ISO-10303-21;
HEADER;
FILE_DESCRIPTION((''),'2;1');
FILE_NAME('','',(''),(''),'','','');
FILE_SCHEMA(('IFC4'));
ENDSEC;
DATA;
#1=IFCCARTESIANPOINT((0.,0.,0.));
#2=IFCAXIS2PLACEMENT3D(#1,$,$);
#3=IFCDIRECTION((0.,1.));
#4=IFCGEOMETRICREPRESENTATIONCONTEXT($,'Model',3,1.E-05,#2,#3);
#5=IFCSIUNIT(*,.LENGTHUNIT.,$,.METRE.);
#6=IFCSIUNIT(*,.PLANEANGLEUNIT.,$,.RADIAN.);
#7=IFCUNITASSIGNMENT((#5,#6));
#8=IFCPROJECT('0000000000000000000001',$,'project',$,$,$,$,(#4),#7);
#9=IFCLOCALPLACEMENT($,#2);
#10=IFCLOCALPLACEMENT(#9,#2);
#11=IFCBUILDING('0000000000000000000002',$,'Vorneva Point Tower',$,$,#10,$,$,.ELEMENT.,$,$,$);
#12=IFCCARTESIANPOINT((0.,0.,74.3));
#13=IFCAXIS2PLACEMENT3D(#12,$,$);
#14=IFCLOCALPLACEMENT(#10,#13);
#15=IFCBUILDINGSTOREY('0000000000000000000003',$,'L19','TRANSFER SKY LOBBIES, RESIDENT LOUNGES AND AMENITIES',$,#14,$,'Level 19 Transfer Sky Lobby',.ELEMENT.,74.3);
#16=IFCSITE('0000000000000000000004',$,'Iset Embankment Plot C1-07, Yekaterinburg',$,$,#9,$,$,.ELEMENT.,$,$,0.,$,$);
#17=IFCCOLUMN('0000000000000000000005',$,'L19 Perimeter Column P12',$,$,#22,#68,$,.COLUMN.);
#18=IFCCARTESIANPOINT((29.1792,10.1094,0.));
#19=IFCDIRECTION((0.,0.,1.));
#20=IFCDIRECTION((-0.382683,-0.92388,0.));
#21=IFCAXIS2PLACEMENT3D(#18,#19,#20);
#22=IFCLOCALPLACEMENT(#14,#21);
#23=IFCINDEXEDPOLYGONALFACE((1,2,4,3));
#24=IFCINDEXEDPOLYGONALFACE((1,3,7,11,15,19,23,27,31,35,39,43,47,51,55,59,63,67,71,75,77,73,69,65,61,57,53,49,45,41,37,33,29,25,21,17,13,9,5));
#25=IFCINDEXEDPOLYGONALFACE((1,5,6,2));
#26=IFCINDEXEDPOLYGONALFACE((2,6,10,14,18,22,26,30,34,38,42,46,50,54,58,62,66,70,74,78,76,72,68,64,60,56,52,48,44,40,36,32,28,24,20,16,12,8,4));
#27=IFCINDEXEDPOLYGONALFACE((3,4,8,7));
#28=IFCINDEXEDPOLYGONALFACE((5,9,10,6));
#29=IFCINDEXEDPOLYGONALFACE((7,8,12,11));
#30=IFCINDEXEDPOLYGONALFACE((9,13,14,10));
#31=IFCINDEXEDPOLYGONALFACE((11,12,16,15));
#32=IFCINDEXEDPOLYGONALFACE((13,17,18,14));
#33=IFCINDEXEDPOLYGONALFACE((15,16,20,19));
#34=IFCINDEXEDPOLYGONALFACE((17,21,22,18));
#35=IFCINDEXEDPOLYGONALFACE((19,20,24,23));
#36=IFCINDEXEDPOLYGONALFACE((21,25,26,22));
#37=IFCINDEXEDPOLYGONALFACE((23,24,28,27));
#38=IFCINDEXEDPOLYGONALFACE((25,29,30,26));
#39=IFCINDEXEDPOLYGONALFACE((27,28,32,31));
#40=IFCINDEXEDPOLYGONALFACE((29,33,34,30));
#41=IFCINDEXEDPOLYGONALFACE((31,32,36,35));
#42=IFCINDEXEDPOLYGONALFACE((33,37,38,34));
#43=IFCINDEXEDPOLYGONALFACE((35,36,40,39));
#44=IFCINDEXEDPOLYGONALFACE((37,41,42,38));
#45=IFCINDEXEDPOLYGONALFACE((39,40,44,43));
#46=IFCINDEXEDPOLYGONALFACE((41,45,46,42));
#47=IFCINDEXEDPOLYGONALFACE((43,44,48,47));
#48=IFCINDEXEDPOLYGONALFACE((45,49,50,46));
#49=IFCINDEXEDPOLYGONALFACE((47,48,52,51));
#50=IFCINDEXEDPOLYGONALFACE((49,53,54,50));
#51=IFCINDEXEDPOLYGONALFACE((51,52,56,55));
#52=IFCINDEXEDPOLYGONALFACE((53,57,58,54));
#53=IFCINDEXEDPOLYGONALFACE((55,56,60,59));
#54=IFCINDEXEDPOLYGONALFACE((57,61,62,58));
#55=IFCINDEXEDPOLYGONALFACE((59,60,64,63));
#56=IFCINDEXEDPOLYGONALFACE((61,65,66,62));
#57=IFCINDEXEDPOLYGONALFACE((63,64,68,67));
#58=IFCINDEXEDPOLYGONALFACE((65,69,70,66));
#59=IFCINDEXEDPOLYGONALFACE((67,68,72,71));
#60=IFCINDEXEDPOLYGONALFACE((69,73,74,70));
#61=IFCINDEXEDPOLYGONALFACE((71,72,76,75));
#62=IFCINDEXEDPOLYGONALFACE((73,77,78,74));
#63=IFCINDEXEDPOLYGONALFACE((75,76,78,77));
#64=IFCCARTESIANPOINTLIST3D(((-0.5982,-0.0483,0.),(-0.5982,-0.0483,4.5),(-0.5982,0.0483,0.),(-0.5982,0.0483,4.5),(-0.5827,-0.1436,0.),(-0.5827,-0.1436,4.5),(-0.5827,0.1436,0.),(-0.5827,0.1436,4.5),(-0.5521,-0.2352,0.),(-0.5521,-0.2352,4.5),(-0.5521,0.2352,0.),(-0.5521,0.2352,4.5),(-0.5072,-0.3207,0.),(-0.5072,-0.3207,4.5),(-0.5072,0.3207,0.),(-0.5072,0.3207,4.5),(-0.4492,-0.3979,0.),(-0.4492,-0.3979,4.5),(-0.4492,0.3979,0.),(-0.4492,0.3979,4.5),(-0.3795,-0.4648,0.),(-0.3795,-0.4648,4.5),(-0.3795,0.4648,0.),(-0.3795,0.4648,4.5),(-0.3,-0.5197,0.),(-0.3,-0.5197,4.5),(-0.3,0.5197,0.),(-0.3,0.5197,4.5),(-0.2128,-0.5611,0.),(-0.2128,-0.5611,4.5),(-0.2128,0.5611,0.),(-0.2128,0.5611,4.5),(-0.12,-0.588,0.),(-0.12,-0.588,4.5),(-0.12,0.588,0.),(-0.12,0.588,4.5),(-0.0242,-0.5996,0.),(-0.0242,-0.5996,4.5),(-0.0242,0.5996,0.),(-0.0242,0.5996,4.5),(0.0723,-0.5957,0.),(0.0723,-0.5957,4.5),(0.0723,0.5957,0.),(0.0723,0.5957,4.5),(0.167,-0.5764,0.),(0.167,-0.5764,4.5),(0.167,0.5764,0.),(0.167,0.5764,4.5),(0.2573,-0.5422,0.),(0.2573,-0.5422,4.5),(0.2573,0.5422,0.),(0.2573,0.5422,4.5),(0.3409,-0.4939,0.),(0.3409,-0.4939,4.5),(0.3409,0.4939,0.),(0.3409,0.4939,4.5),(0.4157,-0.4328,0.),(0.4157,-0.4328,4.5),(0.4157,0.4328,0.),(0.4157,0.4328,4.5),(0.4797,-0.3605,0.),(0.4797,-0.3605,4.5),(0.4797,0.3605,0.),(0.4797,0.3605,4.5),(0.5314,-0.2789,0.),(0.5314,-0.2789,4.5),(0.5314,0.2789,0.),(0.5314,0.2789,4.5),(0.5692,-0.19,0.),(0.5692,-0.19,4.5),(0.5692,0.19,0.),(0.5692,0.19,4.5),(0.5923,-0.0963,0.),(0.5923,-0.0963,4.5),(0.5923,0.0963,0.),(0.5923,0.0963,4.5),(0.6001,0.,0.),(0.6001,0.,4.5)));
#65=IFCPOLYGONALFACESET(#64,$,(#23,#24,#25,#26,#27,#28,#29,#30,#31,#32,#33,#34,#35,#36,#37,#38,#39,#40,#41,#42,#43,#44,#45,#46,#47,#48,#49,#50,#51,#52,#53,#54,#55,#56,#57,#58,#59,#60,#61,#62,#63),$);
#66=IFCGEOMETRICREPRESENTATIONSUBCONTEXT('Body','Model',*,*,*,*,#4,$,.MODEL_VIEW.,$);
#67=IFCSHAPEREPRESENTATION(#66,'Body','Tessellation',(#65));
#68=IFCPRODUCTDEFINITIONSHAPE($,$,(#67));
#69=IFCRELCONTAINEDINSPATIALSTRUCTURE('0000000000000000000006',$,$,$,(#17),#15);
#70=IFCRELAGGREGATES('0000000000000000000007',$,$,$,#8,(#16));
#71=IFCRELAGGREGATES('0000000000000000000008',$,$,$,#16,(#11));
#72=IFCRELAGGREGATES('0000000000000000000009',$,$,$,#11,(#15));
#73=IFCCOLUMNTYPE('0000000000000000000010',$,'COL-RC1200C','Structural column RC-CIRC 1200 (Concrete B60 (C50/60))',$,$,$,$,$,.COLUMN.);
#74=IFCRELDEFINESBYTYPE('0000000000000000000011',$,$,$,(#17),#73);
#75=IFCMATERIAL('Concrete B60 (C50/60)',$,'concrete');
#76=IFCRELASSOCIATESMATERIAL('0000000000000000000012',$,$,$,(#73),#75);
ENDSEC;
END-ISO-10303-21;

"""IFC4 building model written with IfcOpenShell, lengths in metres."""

from ifc_helpers import new_model, si_unit, direction, frame, origin, origin_2d, place, context, subcontext, project, spatial, circle, extrude, material, material_profile, profile_set, type_object, element, save


model = new_model("IFC4")

# Units and contexts
model_context = context("Model", 3, precision=1e-05, world=origin(), true_north=direction((0.0, 1.0)))
body_context = subcontext(model_context, "Body", "Model", "MODEL_VIEW")
ifc_project = project(units=[si_unit("LENGTHUNIT", "METRE"), si_unit("PLANEANGLEUNIT", "RADIAN")], contexts=[model_context])

# Site, building, storey
site_placement = place(None, origin())
site = spatial("IfcSite", under=ifc_project, at=site_placement, Name="Iset Embankment Plot C1-07, Yekaterinburg", CompositionType="ELEMENT", RefElevation=0.0)
building_placement = place(site_placement, origin())
building = spatial("IfcBuilding", under=site, at=building_placement, Name="Vorneva Point Tower", CompositionType="ELEMENT")
storey_placement = place(building_placement, frame((0.0, 0.0, 74.3)))
storey = spatial("IfcBuildingStorey", under=building, at=storey_placement, Name="L19", Description="TRANSFER SKY LOBBIES, RESIDENT LOUNGES AND AMENITIES", LongName="Level 19 Transfer Sky Lobby", CompositionType="ELEMENT", Elevation=74.3)

# Column
ifc_material_1 = material(Name="Concrete B60 (C50/60)", Category="concrete")
ifc_material_profile_1 = material_profile(ifc_material_1, circle(Radius=0.6001, at=origin_2d()), Name="RC-CIRC 1200")
ifc_profile_set_1 = profile_set([ifc_material_profile_1], Name="Concrete B60 (C50/60)")
column_type = type_object("IfcColumnType", Name="COL-RC1200C", Description="Structural column RC-CIRC 1200 (Concrete B60 (C50/60))", PredefinedType="COLUMN", material=ifc_profile_set_1)
for number, where, z_axis, x_axis, name in (
    (1, (29.1792, 10.1094, 0.0), (0.0, 0.0, 1.0), (-0.382683, -0.92388, 0.0), "L19 Perimeter Column P12"),
):
    element("IfcColumn", number, at=place(storey_placement, frame(where, z_axis=z_axis, x_axis=x_axis)), inside=storey, type_object=column_type, Name=name, PredefinedType="COLUMN", context=body_context, shape_type="SweptSolid", body=[
        extrude(circle(Radius=0.6001, at=origin_2d()), origin(), (0.0, 0.0, 1.0), 4.5),
    ])

save(model, "model.ifc")
